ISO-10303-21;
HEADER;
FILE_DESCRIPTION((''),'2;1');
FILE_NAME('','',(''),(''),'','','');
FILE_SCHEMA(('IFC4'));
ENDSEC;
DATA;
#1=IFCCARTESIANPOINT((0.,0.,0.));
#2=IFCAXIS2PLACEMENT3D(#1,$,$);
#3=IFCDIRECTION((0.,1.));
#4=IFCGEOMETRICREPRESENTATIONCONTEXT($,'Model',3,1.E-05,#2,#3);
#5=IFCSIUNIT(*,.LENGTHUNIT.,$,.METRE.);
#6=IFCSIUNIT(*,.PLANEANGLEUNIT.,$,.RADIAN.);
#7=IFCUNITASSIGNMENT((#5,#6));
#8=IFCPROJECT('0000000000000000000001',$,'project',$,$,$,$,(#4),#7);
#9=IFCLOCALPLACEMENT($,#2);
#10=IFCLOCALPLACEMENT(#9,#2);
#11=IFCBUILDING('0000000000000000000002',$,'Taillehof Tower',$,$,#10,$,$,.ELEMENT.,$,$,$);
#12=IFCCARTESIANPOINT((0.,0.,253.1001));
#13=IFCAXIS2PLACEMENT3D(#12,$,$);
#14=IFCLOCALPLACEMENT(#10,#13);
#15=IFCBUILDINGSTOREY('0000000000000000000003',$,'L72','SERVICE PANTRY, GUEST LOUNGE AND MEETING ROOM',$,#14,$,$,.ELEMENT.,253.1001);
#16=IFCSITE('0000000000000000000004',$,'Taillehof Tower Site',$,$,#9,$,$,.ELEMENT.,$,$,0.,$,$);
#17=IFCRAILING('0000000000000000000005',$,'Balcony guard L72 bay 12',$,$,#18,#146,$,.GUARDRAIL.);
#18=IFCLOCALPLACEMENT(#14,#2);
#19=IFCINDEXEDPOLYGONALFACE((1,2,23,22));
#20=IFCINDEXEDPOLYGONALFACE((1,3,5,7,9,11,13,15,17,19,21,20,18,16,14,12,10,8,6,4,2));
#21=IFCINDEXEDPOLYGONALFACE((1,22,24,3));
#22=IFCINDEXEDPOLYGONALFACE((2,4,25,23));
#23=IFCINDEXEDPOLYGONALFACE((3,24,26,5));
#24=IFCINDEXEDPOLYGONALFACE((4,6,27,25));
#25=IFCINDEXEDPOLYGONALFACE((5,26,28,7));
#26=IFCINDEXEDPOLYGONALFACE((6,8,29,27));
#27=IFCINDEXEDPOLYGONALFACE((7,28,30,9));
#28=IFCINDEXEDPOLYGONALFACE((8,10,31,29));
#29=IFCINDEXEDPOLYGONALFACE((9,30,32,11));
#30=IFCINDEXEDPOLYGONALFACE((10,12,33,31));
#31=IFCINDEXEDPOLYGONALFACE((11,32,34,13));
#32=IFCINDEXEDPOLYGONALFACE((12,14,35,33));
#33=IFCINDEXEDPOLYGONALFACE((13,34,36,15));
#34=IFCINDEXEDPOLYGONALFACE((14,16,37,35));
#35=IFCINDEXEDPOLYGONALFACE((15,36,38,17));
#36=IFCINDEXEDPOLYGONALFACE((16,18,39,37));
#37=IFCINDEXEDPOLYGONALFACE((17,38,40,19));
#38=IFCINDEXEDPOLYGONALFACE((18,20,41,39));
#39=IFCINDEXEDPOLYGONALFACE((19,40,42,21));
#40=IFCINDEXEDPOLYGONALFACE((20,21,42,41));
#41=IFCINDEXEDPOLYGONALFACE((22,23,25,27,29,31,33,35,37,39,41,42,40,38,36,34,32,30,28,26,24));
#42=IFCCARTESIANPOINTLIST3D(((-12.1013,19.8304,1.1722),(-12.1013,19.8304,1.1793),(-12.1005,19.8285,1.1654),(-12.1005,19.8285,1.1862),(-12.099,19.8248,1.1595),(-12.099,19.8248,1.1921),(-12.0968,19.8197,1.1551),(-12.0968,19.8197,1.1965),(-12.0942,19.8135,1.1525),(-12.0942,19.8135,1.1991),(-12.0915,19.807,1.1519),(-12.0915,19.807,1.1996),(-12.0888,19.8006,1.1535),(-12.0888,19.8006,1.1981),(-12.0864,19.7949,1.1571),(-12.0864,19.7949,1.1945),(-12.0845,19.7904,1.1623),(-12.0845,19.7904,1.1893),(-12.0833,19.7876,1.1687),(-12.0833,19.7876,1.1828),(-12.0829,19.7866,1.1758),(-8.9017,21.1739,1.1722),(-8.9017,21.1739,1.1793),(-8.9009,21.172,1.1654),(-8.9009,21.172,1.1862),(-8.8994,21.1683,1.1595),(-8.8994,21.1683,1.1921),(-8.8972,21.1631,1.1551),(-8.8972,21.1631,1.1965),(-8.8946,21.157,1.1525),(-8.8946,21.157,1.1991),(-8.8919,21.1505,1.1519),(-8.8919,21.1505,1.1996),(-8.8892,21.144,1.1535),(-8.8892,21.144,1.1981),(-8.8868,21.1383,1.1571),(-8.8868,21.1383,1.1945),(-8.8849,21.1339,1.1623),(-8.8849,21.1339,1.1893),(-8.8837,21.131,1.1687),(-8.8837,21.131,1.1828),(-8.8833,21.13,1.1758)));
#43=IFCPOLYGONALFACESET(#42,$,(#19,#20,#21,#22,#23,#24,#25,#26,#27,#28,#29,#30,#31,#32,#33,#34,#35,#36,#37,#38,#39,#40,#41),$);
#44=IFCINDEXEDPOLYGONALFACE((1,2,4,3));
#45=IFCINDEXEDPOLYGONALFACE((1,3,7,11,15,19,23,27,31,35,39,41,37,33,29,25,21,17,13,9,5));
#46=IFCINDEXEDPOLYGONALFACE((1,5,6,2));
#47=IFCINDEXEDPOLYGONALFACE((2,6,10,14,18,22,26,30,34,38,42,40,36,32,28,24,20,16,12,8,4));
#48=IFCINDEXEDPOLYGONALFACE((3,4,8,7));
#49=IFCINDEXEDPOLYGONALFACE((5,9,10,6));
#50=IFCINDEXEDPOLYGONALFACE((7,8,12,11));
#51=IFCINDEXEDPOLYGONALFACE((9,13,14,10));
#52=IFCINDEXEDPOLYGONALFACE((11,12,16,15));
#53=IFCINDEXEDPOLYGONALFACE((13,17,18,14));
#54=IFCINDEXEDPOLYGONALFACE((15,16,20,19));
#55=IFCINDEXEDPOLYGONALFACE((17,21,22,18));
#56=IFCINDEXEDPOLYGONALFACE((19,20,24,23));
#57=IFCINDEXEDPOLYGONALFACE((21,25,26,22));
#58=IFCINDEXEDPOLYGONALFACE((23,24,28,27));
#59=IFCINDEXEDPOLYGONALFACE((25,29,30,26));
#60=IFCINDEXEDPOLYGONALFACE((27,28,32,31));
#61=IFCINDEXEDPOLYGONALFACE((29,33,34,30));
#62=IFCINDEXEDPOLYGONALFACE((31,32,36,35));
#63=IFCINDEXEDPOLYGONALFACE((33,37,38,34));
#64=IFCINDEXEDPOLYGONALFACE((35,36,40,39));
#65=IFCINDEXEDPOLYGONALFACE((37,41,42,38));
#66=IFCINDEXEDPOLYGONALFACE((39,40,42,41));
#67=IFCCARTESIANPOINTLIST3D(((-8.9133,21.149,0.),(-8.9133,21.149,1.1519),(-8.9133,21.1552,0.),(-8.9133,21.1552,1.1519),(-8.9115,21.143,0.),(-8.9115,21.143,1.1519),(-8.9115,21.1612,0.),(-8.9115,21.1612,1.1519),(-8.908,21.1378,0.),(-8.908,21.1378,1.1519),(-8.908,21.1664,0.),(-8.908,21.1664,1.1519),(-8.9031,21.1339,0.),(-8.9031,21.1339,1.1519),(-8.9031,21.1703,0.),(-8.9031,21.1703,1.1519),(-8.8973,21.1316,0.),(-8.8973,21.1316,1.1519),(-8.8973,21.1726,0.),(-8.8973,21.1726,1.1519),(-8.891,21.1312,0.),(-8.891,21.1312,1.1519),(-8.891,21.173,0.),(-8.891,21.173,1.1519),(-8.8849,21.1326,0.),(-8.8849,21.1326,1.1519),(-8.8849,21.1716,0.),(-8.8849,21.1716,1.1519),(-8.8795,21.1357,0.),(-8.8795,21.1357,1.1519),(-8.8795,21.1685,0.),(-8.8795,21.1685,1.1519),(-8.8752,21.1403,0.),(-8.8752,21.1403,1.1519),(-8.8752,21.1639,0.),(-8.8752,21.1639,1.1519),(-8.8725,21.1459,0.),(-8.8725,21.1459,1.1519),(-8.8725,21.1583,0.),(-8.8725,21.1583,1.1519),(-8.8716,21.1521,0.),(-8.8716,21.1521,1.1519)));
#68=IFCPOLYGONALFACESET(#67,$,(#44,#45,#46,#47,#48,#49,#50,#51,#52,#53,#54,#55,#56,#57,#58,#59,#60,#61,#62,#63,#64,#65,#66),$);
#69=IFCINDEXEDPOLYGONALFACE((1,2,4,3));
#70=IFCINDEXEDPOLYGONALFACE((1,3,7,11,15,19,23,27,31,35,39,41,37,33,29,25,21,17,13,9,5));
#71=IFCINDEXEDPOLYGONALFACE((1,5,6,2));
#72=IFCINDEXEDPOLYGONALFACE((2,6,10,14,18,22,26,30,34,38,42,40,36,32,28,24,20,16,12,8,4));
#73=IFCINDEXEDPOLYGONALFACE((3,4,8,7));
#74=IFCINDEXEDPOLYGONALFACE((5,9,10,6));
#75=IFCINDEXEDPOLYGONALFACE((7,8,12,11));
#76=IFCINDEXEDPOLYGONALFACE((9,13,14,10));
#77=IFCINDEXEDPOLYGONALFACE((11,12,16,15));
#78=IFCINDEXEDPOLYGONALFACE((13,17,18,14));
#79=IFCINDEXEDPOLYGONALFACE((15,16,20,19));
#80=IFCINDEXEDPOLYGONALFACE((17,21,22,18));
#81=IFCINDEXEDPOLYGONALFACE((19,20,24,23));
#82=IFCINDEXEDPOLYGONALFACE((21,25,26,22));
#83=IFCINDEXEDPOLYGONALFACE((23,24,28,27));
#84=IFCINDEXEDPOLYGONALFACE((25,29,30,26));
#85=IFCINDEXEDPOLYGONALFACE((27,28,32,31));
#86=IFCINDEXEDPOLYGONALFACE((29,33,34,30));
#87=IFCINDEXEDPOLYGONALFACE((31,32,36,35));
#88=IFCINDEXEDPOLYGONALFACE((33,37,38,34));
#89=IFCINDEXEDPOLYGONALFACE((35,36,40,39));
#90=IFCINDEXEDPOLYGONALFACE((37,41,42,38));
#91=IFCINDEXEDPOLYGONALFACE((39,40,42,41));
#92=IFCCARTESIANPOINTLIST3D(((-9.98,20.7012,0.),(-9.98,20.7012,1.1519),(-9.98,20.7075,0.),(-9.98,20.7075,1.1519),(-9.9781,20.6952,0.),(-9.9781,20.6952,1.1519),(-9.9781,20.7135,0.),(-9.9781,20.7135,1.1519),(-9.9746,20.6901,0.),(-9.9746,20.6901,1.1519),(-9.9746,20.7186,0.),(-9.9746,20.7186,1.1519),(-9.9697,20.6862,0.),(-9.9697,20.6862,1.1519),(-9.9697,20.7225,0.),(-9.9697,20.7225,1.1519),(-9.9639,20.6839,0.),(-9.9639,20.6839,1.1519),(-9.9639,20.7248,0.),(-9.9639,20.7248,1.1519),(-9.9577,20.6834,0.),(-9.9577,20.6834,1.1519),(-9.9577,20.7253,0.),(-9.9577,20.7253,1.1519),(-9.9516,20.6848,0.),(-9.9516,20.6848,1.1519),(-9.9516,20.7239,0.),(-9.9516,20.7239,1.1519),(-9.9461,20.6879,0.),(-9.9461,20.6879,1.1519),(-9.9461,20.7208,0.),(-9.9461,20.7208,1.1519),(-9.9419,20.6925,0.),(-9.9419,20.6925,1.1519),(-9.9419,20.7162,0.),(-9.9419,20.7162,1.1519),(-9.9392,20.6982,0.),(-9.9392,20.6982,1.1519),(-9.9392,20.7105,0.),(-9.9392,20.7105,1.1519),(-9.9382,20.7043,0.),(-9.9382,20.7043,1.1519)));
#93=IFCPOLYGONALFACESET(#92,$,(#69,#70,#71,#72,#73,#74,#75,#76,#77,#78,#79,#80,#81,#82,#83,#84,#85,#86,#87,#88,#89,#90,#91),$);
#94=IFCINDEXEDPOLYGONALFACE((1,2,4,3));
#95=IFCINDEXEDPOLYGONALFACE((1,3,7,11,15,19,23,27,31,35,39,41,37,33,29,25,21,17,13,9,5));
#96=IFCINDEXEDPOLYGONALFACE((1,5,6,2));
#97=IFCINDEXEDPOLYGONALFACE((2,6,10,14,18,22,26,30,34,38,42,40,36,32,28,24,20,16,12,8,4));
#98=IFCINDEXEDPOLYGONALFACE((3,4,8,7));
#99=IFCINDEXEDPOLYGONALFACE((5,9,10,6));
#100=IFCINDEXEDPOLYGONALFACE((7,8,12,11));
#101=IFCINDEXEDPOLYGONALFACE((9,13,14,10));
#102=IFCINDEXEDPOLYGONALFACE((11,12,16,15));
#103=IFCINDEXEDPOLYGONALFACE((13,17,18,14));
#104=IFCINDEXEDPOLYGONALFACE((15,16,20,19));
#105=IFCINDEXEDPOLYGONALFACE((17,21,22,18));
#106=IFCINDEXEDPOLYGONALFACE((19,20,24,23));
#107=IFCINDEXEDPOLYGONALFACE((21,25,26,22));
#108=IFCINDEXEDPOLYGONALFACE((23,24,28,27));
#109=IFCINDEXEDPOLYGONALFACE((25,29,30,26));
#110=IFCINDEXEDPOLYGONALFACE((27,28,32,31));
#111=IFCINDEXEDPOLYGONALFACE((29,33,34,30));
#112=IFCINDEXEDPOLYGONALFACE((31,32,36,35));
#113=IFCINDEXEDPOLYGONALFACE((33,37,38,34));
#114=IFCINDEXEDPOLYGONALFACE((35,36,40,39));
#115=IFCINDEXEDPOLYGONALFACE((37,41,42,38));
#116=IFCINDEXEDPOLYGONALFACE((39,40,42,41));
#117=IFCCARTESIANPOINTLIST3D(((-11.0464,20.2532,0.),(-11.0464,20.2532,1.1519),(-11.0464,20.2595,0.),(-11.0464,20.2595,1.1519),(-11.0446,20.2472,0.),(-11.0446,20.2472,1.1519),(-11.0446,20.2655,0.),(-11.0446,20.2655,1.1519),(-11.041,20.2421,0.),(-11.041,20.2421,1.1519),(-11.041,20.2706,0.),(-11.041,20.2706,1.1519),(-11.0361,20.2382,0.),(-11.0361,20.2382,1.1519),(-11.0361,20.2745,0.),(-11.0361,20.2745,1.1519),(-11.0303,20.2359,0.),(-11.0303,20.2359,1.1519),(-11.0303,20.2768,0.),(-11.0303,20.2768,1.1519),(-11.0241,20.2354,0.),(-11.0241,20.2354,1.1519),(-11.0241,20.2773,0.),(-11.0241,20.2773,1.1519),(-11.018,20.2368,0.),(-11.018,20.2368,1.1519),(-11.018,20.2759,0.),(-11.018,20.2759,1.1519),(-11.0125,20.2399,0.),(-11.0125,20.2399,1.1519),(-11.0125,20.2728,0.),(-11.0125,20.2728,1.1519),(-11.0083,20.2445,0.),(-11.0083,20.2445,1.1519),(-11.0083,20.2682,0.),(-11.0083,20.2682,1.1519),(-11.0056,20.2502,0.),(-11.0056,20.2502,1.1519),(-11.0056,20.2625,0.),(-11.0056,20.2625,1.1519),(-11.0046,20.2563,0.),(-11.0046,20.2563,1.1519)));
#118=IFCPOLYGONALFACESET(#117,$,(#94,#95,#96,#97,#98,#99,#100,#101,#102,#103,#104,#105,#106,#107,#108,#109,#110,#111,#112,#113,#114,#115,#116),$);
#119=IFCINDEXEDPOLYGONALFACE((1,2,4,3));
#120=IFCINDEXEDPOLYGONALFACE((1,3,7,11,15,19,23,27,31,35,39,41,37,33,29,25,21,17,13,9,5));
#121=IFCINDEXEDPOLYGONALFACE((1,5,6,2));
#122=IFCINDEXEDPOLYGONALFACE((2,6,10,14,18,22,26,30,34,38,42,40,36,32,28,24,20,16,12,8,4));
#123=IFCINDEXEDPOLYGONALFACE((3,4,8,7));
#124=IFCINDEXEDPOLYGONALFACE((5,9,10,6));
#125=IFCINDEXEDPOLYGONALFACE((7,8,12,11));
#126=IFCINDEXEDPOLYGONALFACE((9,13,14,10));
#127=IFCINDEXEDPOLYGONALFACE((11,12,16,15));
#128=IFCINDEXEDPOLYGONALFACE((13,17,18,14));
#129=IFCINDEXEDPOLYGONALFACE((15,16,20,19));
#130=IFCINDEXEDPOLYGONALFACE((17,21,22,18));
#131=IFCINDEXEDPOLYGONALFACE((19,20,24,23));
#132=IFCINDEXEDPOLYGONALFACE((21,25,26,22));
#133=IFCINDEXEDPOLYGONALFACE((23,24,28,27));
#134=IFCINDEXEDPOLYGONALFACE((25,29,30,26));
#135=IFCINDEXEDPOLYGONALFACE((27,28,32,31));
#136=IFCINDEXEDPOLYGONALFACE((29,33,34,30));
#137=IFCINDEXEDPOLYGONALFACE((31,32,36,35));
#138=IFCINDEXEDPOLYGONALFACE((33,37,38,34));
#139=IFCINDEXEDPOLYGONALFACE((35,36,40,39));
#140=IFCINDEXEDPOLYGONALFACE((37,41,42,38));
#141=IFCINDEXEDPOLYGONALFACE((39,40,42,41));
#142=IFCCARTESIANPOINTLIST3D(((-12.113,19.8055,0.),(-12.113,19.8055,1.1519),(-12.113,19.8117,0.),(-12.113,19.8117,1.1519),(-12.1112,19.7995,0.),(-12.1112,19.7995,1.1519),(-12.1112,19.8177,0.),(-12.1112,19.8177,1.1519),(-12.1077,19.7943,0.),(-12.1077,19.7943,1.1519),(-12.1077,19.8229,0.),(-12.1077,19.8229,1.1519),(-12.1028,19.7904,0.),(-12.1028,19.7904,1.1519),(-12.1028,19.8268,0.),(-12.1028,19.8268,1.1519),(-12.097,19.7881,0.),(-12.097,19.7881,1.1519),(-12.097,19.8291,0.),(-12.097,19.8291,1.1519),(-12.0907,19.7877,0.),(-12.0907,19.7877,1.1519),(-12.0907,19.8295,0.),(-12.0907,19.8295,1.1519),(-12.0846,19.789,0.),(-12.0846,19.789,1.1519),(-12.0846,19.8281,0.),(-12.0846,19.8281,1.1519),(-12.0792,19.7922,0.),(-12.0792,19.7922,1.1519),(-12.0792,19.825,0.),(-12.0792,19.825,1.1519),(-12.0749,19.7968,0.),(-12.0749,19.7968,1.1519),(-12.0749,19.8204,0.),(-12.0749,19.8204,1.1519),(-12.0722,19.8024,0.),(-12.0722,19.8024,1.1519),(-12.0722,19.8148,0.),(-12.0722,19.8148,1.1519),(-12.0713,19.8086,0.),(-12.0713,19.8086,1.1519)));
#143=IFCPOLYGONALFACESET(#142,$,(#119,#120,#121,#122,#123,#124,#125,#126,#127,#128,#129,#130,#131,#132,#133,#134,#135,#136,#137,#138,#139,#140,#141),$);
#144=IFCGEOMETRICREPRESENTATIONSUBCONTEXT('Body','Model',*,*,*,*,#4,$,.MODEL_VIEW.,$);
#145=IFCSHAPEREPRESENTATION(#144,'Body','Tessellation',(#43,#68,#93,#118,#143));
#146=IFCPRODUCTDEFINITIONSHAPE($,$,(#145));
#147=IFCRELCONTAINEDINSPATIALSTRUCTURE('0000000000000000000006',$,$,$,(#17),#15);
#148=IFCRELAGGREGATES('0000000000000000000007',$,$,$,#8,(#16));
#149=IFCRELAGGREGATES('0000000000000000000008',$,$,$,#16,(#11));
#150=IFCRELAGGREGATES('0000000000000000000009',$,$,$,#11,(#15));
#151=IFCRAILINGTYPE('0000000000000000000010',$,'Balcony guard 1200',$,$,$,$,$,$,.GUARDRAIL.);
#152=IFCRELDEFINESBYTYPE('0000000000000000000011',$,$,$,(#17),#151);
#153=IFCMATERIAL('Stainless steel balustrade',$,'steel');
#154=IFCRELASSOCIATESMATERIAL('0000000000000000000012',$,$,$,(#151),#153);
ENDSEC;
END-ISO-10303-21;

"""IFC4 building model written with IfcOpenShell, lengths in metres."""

from ifc_helpers import new_model, si_unit, direction, frame, origin, origin_2d, place, context, subcontext, project, spatial, circle, extrude, material, type_object, element, save


model = new_model("IFC4")

# Units and contexts
model_context = context("Model", 3, precision=1e-05, world=origin(), true_north=direction((0.0, 1.0)))
body_context = subcontext(model_context, "Body", "Model", "MODEL_VIEW")
ifc_project = project(units=[si_unit("LENGTHUNIT", "METRE"), si_unit("PLANEANGLEUNIT", "RADIAN")], contexts=[model_context])

# Site, building, storey
site_placement = place(None, origin())
site = spatial("IfcSite", under=ifc_project, at=site_placement, Name="Taillehof Tower Site", CompositionType="ELEMENT", RefElevation=0.0)
building_placement = place(site_placement, origin())
building = spatial("IfcBuilding", under=site, at=building_placement, Name="Taillehof Tower", CompositionType="ELEMENT")
storey_placement = place(building_placement, frame((0.0, 0.0, 253.1001)))
storey = spatial("IfcBuildingStorey", under=building, at=storey_placement, Name="L72", Description="SERVICE PANTRY, GUEST LOUNGE AND MEETING ROOM", CompositionType="ELEMENT", Elevation=253.1001)

# Railing
ifc_material_1 = material(Name="Stainless steel balustrade", Category="steel")
railing_type = type_object("IfcRailingType", Name="Balcony guard 1200", PredefinedType="GUARDRAIL", material=ifc_material_1)
railing_1_placement = place(storey_placement, frame((-8.8926, 21.1521, 0.0)))
element("IfcRailing", 1, at=railing_1_placement, inside=storey, type_object=railing_type, Name="Balcony guard L72 bay 12", PredefinedType="GUARDRAIL", context=body_context, shape_type="SweptSolid", body=[
    extrude(circle(Radius=0.0239, at=origin_2d()), frame((0.0, 0.0, 1.1758), z_axis=(-0.92202, -0.387142, 0.0), x_axis=(0.387142, -0.92202, 0.0)), (0.0, 0.0, 1.0), 3.4702),
    extrude(circle(Radius=0.021, at=origin_2d()), origin(), (0.0, 0.0, 1.0), 1.1519),
    extrude(circle(Radius=0.021, at=origin_2d()), frame((-1.0667, -0.4478, 0.0)), (0.0, 0.0, 1.0), 1.1519),
    extrude(circle(Radius=0.021, at=origin_2d()), frame((-2.1331, -0.8958, 0.0)), (0.0, 0.0, 1.0), 1.1519),
    extrude(circle(Radius=0.021, at=origin_2d()), frame((-3.1997, -1.3435, 0.0)), (0.0, 0.0, 1.0), 1.1519),
])

save(model, "model.ifc")
